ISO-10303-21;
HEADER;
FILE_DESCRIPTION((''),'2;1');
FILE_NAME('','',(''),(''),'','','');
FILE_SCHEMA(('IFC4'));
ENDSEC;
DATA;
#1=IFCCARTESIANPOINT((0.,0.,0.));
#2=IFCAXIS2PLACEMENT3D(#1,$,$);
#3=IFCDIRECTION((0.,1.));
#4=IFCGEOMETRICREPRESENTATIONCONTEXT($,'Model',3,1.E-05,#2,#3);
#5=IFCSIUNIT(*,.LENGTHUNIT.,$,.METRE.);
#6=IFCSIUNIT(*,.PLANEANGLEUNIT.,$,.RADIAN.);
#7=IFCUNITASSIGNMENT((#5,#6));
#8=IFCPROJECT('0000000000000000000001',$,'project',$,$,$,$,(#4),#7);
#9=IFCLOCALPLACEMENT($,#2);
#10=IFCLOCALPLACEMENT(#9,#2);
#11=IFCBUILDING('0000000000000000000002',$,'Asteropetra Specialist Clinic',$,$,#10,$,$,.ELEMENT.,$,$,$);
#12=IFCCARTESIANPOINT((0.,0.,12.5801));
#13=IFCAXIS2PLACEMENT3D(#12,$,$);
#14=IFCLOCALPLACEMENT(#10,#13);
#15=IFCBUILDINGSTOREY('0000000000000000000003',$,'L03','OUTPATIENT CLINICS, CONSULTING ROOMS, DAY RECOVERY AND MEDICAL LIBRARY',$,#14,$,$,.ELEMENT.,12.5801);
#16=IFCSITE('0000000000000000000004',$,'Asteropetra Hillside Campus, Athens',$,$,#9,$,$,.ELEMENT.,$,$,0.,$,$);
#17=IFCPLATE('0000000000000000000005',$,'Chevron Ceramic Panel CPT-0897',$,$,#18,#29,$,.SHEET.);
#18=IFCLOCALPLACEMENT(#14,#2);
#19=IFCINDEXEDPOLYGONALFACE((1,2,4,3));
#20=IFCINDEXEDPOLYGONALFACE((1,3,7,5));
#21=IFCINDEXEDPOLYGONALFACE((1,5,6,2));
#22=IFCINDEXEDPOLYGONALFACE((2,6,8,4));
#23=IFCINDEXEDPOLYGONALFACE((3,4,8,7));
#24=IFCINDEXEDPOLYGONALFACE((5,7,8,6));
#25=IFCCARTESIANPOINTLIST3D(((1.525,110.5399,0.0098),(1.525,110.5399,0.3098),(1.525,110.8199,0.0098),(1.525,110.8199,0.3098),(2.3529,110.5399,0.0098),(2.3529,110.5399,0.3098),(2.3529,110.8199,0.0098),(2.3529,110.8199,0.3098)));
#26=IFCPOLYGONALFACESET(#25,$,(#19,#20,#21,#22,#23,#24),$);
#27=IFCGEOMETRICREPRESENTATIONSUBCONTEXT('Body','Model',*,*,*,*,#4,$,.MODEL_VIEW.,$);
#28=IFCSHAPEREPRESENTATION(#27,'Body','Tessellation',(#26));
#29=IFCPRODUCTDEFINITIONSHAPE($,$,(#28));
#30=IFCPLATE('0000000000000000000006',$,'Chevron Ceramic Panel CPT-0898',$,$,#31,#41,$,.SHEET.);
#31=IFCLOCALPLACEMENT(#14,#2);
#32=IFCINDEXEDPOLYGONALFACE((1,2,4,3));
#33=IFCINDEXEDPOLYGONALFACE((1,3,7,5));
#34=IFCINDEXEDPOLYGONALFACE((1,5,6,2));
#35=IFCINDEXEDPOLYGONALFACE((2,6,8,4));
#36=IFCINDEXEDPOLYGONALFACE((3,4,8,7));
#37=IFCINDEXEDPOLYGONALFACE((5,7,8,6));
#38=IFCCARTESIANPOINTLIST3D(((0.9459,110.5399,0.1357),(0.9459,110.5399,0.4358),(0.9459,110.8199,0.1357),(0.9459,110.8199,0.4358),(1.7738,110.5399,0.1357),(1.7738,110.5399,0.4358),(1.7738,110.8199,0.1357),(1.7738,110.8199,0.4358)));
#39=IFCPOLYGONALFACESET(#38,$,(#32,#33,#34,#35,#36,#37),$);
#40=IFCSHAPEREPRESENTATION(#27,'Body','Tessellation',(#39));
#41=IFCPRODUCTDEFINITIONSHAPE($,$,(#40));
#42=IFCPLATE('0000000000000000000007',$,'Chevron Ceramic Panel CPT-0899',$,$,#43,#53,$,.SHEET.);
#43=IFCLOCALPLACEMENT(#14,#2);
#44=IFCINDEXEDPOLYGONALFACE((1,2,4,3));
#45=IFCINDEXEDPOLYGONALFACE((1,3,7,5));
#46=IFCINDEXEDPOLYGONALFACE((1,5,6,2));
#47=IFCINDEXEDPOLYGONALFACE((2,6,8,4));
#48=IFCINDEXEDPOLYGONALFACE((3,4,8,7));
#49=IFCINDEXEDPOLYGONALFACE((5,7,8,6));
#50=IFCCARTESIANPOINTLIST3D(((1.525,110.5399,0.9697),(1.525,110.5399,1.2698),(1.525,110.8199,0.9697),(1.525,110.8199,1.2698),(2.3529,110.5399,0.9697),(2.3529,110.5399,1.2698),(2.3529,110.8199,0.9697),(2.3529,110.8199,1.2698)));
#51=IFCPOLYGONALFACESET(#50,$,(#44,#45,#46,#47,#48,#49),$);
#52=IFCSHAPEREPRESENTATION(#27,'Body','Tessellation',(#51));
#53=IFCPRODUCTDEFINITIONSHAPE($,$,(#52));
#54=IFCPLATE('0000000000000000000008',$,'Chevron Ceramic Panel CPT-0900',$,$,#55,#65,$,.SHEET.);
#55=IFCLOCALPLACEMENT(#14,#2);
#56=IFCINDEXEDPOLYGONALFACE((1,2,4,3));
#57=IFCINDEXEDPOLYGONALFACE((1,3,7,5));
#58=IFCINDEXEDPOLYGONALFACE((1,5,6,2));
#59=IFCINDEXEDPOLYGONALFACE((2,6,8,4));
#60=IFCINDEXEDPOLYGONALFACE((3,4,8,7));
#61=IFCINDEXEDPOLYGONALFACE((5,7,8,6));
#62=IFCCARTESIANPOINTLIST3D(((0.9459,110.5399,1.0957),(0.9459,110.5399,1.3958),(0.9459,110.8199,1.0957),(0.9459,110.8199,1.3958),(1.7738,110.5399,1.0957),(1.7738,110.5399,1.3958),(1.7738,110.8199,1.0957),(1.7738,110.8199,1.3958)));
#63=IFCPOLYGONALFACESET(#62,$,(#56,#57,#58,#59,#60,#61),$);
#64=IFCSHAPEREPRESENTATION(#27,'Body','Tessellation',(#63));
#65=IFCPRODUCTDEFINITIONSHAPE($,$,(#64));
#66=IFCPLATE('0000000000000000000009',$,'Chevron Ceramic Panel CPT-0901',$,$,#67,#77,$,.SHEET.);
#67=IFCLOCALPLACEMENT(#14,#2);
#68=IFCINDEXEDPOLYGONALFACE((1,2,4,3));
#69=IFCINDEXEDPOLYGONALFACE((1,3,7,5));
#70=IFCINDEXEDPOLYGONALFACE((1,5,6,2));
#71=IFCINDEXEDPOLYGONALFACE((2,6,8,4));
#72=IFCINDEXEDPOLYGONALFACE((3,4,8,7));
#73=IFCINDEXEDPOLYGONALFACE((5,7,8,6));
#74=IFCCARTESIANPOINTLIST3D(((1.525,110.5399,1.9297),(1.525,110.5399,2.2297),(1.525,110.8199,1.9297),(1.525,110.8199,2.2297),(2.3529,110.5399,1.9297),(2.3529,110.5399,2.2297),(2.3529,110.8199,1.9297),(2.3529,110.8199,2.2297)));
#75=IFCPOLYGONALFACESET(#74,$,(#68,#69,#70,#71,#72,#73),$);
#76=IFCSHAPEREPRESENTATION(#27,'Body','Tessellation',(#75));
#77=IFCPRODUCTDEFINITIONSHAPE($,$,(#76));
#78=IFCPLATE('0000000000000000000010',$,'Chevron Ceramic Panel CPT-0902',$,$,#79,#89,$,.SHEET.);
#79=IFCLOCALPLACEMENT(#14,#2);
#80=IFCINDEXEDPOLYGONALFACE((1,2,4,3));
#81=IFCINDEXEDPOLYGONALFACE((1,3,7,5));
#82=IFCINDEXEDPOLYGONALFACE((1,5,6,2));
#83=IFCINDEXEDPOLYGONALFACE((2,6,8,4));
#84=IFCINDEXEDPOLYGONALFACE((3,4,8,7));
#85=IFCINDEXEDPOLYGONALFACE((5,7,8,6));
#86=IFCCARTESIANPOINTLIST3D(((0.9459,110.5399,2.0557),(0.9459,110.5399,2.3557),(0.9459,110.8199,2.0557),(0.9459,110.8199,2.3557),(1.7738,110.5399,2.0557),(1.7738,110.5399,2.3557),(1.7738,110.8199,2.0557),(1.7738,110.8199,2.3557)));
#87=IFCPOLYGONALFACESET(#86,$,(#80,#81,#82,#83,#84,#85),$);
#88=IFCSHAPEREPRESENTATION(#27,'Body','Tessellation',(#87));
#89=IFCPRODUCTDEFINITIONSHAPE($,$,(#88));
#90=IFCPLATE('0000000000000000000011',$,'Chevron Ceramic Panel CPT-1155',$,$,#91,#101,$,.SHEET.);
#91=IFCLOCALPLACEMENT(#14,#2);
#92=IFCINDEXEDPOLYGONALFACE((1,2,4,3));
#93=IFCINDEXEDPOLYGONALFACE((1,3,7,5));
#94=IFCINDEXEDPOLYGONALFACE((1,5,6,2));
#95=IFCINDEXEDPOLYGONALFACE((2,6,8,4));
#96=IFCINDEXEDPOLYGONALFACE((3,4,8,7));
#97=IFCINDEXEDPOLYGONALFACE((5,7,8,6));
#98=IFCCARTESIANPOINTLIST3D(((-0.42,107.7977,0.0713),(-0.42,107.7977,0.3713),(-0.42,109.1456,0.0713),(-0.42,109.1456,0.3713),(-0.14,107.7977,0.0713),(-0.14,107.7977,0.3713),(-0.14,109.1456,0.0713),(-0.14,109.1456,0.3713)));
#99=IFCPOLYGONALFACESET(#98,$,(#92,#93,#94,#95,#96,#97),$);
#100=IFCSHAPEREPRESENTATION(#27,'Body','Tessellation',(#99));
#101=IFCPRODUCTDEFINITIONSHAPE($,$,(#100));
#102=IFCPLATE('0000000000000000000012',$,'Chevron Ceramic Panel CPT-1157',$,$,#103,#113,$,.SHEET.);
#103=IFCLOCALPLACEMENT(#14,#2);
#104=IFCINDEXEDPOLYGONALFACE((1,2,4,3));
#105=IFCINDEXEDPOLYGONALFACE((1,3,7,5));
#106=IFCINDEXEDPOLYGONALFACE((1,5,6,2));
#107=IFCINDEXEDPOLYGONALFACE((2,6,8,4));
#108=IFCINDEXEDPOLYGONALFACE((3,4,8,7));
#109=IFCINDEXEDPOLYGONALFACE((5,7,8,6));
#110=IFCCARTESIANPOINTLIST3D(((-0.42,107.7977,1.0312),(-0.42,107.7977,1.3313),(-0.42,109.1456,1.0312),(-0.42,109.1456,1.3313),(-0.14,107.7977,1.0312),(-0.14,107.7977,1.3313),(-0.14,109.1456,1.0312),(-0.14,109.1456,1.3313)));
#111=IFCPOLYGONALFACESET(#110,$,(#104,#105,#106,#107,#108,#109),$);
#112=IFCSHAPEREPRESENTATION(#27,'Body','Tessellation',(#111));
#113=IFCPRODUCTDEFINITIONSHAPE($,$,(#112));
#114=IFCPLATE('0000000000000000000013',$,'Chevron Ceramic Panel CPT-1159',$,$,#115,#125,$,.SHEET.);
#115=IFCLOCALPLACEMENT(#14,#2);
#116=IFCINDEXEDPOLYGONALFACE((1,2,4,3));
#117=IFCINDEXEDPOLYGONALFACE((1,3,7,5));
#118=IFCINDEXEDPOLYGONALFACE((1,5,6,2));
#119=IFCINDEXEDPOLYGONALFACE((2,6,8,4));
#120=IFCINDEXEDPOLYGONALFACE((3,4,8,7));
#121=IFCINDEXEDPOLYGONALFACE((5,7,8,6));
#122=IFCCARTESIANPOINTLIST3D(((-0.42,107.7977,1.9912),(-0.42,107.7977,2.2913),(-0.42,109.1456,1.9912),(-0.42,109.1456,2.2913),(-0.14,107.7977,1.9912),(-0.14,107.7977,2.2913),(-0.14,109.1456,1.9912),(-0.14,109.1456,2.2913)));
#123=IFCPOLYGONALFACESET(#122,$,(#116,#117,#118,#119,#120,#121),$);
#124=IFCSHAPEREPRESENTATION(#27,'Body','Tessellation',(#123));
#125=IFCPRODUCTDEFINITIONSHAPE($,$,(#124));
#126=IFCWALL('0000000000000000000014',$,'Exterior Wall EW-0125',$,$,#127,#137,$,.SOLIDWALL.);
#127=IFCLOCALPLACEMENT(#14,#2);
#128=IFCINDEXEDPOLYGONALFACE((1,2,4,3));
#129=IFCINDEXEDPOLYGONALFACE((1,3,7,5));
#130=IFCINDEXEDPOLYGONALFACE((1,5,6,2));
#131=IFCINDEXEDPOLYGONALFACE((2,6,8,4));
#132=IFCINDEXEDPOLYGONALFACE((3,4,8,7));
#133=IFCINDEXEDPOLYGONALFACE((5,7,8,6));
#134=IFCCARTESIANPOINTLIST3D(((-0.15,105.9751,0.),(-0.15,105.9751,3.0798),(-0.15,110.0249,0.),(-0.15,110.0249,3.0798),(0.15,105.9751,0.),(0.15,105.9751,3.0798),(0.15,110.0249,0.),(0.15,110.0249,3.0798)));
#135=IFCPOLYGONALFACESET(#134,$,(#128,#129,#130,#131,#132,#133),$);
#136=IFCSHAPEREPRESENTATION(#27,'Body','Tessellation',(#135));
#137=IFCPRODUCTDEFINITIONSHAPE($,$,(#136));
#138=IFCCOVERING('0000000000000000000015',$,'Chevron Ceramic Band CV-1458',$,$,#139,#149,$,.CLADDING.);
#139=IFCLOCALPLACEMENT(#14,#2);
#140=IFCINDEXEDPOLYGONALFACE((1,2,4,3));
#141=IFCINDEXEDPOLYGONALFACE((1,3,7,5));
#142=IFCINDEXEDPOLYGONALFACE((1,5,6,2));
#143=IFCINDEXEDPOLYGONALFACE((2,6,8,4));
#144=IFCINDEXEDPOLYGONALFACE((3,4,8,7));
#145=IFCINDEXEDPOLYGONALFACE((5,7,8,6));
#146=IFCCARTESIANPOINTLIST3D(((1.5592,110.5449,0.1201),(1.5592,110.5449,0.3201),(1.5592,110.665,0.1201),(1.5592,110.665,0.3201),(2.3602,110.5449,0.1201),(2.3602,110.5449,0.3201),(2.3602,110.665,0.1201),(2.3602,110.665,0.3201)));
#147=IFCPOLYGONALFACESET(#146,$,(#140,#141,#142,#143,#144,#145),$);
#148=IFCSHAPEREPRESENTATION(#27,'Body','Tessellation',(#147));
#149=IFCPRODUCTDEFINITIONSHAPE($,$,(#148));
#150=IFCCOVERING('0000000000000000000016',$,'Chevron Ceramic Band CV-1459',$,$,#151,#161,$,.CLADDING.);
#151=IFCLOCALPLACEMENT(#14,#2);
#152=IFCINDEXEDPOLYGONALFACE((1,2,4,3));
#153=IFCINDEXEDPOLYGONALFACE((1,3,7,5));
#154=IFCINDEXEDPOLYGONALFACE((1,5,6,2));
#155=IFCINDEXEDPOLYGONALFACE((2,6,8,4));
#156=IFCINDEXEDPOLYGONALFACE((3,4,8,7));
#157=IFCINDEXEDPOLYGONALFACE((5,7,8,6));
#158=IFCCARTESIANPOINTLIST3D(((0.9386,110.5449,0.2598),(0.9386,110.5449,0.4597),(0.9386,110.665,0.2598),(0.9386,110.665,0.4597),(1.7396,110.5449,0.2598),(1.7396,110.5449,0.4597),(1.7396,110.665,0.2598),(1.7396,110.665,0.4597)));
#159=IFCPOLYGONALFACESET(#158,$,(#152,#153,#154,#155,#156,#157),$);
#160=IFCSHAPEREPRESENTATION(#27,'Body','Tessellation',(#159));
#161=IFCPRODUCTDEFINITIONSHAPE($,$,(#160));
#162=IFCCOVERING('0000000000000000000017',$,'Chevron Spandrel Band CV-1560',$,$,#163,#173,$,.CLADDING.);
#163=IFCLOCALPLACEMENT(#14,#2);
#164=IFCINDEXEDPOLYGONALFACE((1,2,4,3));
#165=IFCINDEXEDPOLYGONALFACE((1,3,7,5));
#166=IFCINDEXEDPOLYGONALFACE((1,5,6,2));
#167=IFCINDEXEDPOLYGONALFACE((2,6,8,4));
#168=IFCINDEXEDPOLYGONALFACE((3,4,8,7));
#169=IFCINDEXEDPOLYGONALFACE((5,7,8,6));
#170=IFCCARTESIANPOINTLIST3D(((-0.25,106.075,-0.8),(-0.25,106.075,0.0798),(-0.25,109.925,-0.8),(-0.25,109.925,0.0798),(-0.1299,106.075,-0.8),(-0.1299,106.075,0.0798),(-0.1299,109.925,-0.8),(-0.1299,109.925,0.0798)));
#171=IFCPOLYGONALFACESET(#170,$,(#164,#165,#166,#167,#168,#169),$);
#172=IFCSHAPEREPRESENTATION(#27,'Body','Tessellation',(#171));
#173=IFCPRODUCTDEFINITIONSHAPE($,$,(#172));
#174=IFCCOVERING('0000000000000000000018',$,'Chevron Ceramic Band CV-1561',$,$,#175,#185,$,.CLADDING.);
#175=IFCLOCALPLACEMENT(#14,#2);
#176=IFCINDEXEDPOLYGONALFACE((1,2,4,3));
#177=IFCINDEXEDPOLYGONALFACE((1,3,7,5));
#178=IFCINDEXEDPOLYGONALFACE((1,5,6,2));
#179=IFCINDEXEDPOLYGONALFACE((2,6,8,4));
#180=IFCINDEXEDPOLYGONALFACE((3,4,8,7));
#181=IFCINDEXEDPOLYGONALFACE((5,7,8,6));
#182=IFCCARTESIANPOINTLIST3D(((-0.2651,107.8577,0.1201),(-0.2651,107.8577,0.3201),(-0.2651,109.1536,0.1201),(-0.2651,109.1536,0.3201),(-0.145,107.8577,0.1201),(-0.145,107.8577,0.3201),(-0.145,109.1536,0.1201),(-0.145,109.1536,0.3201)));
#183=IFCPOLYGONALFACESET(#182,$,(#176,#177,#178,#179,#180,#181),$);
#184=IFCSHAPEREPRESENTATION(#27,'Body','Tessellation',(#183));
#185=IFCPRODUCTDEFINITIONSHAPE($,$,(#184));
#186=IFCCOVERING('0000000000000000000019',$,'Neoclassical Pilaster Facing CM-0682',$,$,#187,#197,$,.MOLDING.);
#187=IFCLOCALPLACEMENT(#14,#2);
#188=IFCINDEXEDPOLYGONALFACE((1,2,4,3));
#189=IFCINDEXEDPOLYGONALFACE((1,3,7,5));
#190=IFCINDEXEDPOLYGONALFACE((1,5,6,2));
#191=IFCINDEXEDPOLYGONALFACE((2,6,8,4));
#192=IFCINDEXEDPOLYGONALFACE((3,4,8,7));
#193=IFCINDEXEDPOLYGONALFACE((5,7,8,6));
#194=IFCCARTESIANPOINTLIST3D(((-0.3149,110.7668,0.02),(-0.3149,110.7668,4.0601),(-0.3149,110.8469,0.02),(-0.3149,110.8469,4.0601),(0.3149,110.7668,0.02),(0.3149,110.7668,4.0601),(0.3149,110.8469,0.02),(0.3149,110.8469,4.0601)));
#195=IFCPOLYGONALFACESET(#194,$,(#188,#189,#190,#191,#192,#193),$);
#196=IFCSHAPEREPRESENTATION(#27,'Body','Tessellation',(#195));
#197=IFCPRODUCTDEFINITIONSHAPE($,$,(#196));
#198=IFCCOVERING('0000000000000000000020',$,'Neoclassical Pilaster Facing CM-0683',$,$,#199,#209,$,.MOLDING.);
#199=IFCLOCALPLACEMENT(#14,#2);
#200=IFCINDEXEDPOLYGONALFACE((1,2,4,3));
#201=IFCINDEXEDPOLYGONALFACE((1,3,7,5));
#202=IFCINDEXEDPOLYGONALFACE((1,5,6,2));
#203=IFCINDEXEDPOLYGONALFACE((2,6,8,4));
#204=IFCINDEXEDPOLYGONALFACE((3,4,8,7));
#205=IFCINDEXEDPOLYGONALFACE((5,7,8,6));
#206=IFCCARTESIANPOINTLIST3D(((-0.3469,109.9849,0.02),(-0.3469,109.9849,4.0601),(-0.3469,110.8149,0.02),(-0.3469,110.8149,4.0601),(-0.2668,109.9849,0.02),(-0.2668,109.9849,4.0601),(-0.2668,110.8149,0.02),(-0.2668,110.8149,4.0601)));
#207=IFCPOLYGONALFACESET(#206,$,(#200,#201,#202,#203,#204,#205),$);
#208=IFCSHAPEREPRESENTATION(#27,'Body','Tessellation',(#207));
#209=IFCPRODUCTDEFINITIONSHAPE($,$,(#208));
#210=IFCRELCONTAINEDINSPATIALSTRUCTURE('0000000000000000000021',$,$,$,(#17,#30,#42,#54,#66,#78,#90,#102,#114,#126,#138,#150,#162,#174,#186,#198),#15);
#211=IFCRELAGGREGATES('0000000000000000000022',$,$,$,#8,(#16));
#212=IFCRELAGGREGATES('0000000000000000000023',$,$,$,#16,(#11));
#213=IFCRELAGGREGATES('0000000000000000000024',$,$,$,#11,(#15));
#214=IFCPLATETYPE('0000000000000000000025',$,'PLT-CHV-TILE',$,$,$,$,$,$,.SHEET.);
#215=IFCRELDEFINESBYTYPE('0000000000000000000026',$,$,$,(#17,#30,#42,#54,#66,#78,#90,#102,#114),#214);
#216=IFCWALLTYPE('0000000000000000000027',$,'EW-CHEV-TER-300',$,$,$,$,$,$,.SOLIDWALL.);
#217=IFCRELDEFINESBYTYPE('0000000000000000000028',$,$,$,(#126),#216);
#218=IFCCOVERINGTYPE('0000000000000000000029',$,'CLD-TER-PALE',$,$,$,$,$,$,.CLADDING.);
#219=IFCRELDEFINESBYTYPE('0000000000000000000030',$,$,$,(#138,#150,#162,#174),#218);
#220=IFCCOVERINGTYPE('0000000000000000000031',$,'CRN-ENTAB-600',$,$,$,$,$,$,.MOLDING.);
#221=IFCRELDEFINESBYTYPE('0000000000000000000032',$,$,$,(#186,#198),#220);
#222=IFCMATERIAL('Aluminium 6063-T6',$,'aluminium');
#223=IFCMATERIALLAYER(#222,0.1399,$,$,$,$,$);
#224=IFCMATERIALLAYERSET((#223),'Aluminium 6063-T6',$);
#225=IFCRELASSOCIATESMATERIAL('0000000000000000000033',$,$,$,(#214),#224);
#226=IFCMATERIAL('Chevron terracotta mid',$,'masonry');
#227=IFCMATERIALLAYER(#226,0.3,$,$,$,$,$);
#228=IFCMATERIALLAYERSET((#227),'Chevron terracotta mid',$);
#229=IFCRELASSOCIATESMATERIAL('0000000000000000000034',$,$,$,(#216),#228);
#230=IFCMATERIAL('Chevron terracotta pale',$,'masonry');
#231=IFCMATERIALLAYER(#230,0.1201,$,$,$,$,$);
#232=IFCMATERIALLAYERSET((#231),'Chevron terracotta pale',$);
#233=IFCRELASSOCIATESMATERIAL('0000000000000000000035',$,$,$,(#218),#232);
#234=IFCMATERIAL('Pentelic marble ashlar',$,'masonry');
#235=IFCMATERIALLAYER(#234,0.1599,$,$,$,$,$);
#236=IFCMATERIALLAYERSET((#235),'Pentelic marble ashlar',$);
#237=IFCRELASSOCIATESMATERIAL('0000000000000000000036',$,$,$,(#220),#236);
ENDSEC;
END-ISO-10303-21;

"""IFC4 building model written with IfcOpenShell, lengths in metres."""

from ifc_helpers import new_model, si_unit, direction, frame, frame_2d, origin, origin_2d, place, context, subcontext, project, spatial, rectangle, extrude, material, layer, layer_set, type_object, element, save


model = new_model("IFC4")

# Units and contexts
model_context = context("Model", 3, precision=1e-05, world=origin(), true_north=direction((0.0, 1.0)))
body_context = subcontext(model_context, "Body", "Model", "MODEL_VIEW")
ifc_project = project(units=[si_unit("LENGTHUNIT", "METRE"), si_unit("PLANEANGLEUNIT", "RADIAN")], contexts=[model_context])

# Site, building, storey
site_placement = place(None, origin())
site = spatial("IfcSite", under=ifc_project, at=site_placement, Name="Asteropetra Hillside Campus, Athens", CompositionType="ELEMENT", RefElevation=0.0)
building_placement = place(site_placement, origin())
building = spatial("IfcBuilding", under=site, at=building_placement, Name="Asteropetra Specialist Clinic", CompositionType="ELEMENT")
storey_placement = place(building_placement, frame((0.0, 0.0, 12.5801)))
storey = spatial("IfcBuildingStorey", under=building, at=storey_placement, Name="L03", Description="OUTPATIENT CLINICS, CONSULTING ROOMS, DAY RECOVERY AND MEDICAL LIBRARY", CompositionType="ELEMENT", Elevation=12.5801)

# Plates
ifc_material_1 = material(Name="Aluminium 6063-T6", Category="aluminium")
ifc_layer_1 = layer(ifc_material_1, 0.1399)
ifc_layer_set_1 = layer_set([ifc_layer_1], Name="Aluminium 6063-T6")
plate_type_1 = type_object("IfcPlateType", Name="PLT-CHV-TILE", PredefinedType="SHEET", material=ifc_layer_set_1)
for number, where, z_axis, x_axis, name in (
    (1, (1.939, 110.6799, 0.0098), (0.0, 0.0, 1.0), (1.0, 0.0, 0.0), "Chevron Ceramic Panel CPT-0897"),
    (2, (1.3599, 110.6799, 0.1357), (0.0, 0.0, 1.0), (1.0, 0.0, 0.0), "Chevron Ceramic Panel CPT-0898"),
    (3, (1.939, 110.6799, 0.9697), (0.0, 0.0, 1.0), (1.0, 0.0, 0.0), "Chevron Ceramic Panel CPT-0899"),
    (4, (1.3599, 110.6799, 1.0957), (0.0, 0.0, 1.0), (1.0, 0.0, 0.0), "Chevron Ceramic Panel CPT-0900"),
    (5, (1.939, 110.6799, 1.9297), (0.0, 0.0, 1.0), (1.0, 0.0, 0.0), "Chevron Ceramic Panel CPT-0901"),
    (6, (1.3599, 110.6799, 2.0557), (0.0, 0.0, 1.0), (1.0, 0.0, 0.0), "Chevron Ceramic Panel CPT-0902"),
):
    element("IfcPlate", number, at=place(storey_placement, frame(where, z_axis=z_axis, x_axis=x_axis)), inside=storey, type_object=plate_type_1, Name=name, PredefinedType="SHEET", context=body_context, shape_type="SweptSolid", body=[
        extrude(rectangle(XDim=0.8279, YDim=0.28, at=origin_2d()), origin(), (0.0, 0.0, 1.0), 0.3),
    ])
for number, where, z_axis, x_axis, name in (
    (7, (-0.28, 108.4717, 0.0713), (0.0, 0.0, 1.0), (1.0, 0.0, 0.0), "Chevron Ceramic Panel CPT-1155"),
    (8, (-0.28, 108.4717, 1.0312), (0.0, 0.0, 1.0), (1.0, 0.0, 0.0), "Chevron Ceramic Panel CPT-1157"),
    (9, (-0.28, 108.4717, 1.9912), (0.0, 0.0, 1.0), (1.0, 0.0, 0.0), "Chevron Ceramic Panel CPT-1159"),
):
    element("IfcPlate", number, at=place(storey_placement, frame(where, z_axis=z_axis, x_axis=x_axis)), inside=storey, type_object=plate_type_1, Name=name, PredefinedType="SHEET", context=body_context, shape_type="SweptSolid", body=[
        extrude(rectangle(XDim=0.28, YDim=1.3479, at=origin_2d()), origin(), (0.0, 0.0, 1.0), 0.3),
    ])

# Wall
ifc_material_2 = material(Name="Chevron terracotta mid", Category="masonry")
ifc_layer_2 = layer(ifc_material_2, 0.3)
ifc_layer_set_2 = layer_set([ifc_layer_2], Name="Chevron terracotta mid")
wall_type = type_object("IfcWallType", Name="EW-CHEV-TER-300", PredefinedType="SOLIDWALL", material=ifc_layer_set_2)
wall_placement = place(storey_placement, frame((0.0, 110.0249, 0.0), z_axis=(0.0, 0.0, 1.0), x_axis=(0.0, -1.0, 0.0)))
element("IfcWall", 10, at=wall_placement, inside=storey, type_object=wall_type, Name="Exterior Wall EW-0125", PredefinedType="SOLIDWALL", context=body_context, shape_type="SweptSolid", body=[
    extrude(rectangle(XDim=4.0498, YDim=0.3, at=frame_2d((2.0249, 0.0))), origin(), (0.0, 0.0, 1.0), 3.0798),
])

# Coverings
ifc_material_3 = material(Name="Chevron terracotta pale", Category="masonry")
ifc_layer_3 = layer(ifc_material_3, 0.1201)
ifc_layer_set_3 = layer_set([ifc_layer_3], Name="Chevron terracotta pale")
covering_type_1 = type_object("IfcCoveringType", Name="CLD-TER-PALE", PredefinedType="CLADDING", material=ifc_layer_set_3)
for number, where, z_axis, x_axis, name in (
    (11, (1.9597, 110.605, 0.1201), (0.0, 0.0, 1.0), (1.0, 0.0, 0.0), "Chevron Ceramic Band CV-1458"),
    (12, (1.3391, 110.605, 0.2598), (0.0, 0.0, 1.0), (1.0, 0.0, 0.0), "Chevron Ceramic Band CV-1459"),
):
    element("IfcCovering", number, at=place(storey_placement, frame(where, z_axis=z_axis, x_axis=x_axis)), inside=storey, type_object=covering_type_1, Name=name, PredefinedType="CLADDING", context=body_context, shape_type="SweptSolid", body=[
        extrude(rectangle(XDim=0.801, YDim=0.1201, at=origin_2d()), origin(), (0.0, 0.0, 1.0), 0.2),
    ])
covering_1_placement = place(storey_placement, frame((-0.1899, 108.0, -0.8), z_axis=(0.0, 0.0, 1.0), x_axis=(1.0, 0.0, 0.0)))
element("IfcCovering", 13, at=covering_1_placement, inside=storey, type_object=covering_type_1, Name="Chevron Spandrel Band CV-1560", PredefinedType="CLADDING", context=body_context, shape_type="SweptSolid", body=[
    extrude(rectangle(XDim=0.1201, YDim=3.8501, at=origin_2d()), origin(), (0.0, 0.0, 1.0), 0.8799),
])
covering_2_placement = place(storey_placement, frame((-0.2051, 108.5056, 0.1201), z_axis=(0.0, 0.0, 1.0), x_axis=(1.0, 0.0, 0.0)))
element("IfcCovering", 14, at=covering_2_placement, inside=storey, type_object=covering_type_1, Name="Chevron Ceramic Band CV-1561", PredefinedType="CLADDING", context=body_context, shape_type="SweptSolid", body=[
    extrude(rectangle(XDim=0.1201, YDim=1.2959, at=origin_2d()), origin(), (0.0, 0.0, 1.0), 0.2),
])
ifc_material_4 = material(Name="Pentelic marble ashlar", Category="masonry")
ifc_layer_4 = layer(ifc_material_4, 0.1599)
ifc_layer_set_4 = layer_set([ifc_layer_4], Name="Pentelic marble ashlar")
covering_type_2 = type_object("IfcCoveringType", Name="CRN-ENTAB-600", PredefinedType="MOLDING", material=ifc_layer_set_4)
covering_3_placement = place(storey_placement, frame((0.0, 110.8069, 0.02), z_axis=(0.0, 0.0, 1.0), x_axis=(1.0, 0.0, 0.0)))
element("IfcCovering", 15, at=covering_3_placement, inside=storey, type_object=covering_type_2, Name="Neoclassical Pilaster Facing CM-0682", PredefinedType="MOLDING", context=body_context, shape_type="SweptSolid", body=[
    extrude(rectangle(XDim=0.6299, YDim=0.0801, at=origin_2d()), origin(), (0.0, 0.0, 1.0), 4.04),
])
covering_4_placement = place(storey_placement, frame((-0.3069, 110.3999, 0.02), z_axis=(0.0, 0.0, 1.0), x_axis=(1.0, 0.0, 0.0)))
element("IfcCovering", 16, at=covering_4_placement, inside=storey, type_object=covering_type_2, Name="Neoclassical Pilaster Facing CM-0683", PredefinedType="MOLDING", context=body_context, shape_type="SweptSolid", body=[
    extrude(rectangle(XDim=0.0801, YDim=0.8301, at=origin_2d()), origin(), (0.0, 0.0, 1.0), 4.04),
])

save(model, "model.ifc")
